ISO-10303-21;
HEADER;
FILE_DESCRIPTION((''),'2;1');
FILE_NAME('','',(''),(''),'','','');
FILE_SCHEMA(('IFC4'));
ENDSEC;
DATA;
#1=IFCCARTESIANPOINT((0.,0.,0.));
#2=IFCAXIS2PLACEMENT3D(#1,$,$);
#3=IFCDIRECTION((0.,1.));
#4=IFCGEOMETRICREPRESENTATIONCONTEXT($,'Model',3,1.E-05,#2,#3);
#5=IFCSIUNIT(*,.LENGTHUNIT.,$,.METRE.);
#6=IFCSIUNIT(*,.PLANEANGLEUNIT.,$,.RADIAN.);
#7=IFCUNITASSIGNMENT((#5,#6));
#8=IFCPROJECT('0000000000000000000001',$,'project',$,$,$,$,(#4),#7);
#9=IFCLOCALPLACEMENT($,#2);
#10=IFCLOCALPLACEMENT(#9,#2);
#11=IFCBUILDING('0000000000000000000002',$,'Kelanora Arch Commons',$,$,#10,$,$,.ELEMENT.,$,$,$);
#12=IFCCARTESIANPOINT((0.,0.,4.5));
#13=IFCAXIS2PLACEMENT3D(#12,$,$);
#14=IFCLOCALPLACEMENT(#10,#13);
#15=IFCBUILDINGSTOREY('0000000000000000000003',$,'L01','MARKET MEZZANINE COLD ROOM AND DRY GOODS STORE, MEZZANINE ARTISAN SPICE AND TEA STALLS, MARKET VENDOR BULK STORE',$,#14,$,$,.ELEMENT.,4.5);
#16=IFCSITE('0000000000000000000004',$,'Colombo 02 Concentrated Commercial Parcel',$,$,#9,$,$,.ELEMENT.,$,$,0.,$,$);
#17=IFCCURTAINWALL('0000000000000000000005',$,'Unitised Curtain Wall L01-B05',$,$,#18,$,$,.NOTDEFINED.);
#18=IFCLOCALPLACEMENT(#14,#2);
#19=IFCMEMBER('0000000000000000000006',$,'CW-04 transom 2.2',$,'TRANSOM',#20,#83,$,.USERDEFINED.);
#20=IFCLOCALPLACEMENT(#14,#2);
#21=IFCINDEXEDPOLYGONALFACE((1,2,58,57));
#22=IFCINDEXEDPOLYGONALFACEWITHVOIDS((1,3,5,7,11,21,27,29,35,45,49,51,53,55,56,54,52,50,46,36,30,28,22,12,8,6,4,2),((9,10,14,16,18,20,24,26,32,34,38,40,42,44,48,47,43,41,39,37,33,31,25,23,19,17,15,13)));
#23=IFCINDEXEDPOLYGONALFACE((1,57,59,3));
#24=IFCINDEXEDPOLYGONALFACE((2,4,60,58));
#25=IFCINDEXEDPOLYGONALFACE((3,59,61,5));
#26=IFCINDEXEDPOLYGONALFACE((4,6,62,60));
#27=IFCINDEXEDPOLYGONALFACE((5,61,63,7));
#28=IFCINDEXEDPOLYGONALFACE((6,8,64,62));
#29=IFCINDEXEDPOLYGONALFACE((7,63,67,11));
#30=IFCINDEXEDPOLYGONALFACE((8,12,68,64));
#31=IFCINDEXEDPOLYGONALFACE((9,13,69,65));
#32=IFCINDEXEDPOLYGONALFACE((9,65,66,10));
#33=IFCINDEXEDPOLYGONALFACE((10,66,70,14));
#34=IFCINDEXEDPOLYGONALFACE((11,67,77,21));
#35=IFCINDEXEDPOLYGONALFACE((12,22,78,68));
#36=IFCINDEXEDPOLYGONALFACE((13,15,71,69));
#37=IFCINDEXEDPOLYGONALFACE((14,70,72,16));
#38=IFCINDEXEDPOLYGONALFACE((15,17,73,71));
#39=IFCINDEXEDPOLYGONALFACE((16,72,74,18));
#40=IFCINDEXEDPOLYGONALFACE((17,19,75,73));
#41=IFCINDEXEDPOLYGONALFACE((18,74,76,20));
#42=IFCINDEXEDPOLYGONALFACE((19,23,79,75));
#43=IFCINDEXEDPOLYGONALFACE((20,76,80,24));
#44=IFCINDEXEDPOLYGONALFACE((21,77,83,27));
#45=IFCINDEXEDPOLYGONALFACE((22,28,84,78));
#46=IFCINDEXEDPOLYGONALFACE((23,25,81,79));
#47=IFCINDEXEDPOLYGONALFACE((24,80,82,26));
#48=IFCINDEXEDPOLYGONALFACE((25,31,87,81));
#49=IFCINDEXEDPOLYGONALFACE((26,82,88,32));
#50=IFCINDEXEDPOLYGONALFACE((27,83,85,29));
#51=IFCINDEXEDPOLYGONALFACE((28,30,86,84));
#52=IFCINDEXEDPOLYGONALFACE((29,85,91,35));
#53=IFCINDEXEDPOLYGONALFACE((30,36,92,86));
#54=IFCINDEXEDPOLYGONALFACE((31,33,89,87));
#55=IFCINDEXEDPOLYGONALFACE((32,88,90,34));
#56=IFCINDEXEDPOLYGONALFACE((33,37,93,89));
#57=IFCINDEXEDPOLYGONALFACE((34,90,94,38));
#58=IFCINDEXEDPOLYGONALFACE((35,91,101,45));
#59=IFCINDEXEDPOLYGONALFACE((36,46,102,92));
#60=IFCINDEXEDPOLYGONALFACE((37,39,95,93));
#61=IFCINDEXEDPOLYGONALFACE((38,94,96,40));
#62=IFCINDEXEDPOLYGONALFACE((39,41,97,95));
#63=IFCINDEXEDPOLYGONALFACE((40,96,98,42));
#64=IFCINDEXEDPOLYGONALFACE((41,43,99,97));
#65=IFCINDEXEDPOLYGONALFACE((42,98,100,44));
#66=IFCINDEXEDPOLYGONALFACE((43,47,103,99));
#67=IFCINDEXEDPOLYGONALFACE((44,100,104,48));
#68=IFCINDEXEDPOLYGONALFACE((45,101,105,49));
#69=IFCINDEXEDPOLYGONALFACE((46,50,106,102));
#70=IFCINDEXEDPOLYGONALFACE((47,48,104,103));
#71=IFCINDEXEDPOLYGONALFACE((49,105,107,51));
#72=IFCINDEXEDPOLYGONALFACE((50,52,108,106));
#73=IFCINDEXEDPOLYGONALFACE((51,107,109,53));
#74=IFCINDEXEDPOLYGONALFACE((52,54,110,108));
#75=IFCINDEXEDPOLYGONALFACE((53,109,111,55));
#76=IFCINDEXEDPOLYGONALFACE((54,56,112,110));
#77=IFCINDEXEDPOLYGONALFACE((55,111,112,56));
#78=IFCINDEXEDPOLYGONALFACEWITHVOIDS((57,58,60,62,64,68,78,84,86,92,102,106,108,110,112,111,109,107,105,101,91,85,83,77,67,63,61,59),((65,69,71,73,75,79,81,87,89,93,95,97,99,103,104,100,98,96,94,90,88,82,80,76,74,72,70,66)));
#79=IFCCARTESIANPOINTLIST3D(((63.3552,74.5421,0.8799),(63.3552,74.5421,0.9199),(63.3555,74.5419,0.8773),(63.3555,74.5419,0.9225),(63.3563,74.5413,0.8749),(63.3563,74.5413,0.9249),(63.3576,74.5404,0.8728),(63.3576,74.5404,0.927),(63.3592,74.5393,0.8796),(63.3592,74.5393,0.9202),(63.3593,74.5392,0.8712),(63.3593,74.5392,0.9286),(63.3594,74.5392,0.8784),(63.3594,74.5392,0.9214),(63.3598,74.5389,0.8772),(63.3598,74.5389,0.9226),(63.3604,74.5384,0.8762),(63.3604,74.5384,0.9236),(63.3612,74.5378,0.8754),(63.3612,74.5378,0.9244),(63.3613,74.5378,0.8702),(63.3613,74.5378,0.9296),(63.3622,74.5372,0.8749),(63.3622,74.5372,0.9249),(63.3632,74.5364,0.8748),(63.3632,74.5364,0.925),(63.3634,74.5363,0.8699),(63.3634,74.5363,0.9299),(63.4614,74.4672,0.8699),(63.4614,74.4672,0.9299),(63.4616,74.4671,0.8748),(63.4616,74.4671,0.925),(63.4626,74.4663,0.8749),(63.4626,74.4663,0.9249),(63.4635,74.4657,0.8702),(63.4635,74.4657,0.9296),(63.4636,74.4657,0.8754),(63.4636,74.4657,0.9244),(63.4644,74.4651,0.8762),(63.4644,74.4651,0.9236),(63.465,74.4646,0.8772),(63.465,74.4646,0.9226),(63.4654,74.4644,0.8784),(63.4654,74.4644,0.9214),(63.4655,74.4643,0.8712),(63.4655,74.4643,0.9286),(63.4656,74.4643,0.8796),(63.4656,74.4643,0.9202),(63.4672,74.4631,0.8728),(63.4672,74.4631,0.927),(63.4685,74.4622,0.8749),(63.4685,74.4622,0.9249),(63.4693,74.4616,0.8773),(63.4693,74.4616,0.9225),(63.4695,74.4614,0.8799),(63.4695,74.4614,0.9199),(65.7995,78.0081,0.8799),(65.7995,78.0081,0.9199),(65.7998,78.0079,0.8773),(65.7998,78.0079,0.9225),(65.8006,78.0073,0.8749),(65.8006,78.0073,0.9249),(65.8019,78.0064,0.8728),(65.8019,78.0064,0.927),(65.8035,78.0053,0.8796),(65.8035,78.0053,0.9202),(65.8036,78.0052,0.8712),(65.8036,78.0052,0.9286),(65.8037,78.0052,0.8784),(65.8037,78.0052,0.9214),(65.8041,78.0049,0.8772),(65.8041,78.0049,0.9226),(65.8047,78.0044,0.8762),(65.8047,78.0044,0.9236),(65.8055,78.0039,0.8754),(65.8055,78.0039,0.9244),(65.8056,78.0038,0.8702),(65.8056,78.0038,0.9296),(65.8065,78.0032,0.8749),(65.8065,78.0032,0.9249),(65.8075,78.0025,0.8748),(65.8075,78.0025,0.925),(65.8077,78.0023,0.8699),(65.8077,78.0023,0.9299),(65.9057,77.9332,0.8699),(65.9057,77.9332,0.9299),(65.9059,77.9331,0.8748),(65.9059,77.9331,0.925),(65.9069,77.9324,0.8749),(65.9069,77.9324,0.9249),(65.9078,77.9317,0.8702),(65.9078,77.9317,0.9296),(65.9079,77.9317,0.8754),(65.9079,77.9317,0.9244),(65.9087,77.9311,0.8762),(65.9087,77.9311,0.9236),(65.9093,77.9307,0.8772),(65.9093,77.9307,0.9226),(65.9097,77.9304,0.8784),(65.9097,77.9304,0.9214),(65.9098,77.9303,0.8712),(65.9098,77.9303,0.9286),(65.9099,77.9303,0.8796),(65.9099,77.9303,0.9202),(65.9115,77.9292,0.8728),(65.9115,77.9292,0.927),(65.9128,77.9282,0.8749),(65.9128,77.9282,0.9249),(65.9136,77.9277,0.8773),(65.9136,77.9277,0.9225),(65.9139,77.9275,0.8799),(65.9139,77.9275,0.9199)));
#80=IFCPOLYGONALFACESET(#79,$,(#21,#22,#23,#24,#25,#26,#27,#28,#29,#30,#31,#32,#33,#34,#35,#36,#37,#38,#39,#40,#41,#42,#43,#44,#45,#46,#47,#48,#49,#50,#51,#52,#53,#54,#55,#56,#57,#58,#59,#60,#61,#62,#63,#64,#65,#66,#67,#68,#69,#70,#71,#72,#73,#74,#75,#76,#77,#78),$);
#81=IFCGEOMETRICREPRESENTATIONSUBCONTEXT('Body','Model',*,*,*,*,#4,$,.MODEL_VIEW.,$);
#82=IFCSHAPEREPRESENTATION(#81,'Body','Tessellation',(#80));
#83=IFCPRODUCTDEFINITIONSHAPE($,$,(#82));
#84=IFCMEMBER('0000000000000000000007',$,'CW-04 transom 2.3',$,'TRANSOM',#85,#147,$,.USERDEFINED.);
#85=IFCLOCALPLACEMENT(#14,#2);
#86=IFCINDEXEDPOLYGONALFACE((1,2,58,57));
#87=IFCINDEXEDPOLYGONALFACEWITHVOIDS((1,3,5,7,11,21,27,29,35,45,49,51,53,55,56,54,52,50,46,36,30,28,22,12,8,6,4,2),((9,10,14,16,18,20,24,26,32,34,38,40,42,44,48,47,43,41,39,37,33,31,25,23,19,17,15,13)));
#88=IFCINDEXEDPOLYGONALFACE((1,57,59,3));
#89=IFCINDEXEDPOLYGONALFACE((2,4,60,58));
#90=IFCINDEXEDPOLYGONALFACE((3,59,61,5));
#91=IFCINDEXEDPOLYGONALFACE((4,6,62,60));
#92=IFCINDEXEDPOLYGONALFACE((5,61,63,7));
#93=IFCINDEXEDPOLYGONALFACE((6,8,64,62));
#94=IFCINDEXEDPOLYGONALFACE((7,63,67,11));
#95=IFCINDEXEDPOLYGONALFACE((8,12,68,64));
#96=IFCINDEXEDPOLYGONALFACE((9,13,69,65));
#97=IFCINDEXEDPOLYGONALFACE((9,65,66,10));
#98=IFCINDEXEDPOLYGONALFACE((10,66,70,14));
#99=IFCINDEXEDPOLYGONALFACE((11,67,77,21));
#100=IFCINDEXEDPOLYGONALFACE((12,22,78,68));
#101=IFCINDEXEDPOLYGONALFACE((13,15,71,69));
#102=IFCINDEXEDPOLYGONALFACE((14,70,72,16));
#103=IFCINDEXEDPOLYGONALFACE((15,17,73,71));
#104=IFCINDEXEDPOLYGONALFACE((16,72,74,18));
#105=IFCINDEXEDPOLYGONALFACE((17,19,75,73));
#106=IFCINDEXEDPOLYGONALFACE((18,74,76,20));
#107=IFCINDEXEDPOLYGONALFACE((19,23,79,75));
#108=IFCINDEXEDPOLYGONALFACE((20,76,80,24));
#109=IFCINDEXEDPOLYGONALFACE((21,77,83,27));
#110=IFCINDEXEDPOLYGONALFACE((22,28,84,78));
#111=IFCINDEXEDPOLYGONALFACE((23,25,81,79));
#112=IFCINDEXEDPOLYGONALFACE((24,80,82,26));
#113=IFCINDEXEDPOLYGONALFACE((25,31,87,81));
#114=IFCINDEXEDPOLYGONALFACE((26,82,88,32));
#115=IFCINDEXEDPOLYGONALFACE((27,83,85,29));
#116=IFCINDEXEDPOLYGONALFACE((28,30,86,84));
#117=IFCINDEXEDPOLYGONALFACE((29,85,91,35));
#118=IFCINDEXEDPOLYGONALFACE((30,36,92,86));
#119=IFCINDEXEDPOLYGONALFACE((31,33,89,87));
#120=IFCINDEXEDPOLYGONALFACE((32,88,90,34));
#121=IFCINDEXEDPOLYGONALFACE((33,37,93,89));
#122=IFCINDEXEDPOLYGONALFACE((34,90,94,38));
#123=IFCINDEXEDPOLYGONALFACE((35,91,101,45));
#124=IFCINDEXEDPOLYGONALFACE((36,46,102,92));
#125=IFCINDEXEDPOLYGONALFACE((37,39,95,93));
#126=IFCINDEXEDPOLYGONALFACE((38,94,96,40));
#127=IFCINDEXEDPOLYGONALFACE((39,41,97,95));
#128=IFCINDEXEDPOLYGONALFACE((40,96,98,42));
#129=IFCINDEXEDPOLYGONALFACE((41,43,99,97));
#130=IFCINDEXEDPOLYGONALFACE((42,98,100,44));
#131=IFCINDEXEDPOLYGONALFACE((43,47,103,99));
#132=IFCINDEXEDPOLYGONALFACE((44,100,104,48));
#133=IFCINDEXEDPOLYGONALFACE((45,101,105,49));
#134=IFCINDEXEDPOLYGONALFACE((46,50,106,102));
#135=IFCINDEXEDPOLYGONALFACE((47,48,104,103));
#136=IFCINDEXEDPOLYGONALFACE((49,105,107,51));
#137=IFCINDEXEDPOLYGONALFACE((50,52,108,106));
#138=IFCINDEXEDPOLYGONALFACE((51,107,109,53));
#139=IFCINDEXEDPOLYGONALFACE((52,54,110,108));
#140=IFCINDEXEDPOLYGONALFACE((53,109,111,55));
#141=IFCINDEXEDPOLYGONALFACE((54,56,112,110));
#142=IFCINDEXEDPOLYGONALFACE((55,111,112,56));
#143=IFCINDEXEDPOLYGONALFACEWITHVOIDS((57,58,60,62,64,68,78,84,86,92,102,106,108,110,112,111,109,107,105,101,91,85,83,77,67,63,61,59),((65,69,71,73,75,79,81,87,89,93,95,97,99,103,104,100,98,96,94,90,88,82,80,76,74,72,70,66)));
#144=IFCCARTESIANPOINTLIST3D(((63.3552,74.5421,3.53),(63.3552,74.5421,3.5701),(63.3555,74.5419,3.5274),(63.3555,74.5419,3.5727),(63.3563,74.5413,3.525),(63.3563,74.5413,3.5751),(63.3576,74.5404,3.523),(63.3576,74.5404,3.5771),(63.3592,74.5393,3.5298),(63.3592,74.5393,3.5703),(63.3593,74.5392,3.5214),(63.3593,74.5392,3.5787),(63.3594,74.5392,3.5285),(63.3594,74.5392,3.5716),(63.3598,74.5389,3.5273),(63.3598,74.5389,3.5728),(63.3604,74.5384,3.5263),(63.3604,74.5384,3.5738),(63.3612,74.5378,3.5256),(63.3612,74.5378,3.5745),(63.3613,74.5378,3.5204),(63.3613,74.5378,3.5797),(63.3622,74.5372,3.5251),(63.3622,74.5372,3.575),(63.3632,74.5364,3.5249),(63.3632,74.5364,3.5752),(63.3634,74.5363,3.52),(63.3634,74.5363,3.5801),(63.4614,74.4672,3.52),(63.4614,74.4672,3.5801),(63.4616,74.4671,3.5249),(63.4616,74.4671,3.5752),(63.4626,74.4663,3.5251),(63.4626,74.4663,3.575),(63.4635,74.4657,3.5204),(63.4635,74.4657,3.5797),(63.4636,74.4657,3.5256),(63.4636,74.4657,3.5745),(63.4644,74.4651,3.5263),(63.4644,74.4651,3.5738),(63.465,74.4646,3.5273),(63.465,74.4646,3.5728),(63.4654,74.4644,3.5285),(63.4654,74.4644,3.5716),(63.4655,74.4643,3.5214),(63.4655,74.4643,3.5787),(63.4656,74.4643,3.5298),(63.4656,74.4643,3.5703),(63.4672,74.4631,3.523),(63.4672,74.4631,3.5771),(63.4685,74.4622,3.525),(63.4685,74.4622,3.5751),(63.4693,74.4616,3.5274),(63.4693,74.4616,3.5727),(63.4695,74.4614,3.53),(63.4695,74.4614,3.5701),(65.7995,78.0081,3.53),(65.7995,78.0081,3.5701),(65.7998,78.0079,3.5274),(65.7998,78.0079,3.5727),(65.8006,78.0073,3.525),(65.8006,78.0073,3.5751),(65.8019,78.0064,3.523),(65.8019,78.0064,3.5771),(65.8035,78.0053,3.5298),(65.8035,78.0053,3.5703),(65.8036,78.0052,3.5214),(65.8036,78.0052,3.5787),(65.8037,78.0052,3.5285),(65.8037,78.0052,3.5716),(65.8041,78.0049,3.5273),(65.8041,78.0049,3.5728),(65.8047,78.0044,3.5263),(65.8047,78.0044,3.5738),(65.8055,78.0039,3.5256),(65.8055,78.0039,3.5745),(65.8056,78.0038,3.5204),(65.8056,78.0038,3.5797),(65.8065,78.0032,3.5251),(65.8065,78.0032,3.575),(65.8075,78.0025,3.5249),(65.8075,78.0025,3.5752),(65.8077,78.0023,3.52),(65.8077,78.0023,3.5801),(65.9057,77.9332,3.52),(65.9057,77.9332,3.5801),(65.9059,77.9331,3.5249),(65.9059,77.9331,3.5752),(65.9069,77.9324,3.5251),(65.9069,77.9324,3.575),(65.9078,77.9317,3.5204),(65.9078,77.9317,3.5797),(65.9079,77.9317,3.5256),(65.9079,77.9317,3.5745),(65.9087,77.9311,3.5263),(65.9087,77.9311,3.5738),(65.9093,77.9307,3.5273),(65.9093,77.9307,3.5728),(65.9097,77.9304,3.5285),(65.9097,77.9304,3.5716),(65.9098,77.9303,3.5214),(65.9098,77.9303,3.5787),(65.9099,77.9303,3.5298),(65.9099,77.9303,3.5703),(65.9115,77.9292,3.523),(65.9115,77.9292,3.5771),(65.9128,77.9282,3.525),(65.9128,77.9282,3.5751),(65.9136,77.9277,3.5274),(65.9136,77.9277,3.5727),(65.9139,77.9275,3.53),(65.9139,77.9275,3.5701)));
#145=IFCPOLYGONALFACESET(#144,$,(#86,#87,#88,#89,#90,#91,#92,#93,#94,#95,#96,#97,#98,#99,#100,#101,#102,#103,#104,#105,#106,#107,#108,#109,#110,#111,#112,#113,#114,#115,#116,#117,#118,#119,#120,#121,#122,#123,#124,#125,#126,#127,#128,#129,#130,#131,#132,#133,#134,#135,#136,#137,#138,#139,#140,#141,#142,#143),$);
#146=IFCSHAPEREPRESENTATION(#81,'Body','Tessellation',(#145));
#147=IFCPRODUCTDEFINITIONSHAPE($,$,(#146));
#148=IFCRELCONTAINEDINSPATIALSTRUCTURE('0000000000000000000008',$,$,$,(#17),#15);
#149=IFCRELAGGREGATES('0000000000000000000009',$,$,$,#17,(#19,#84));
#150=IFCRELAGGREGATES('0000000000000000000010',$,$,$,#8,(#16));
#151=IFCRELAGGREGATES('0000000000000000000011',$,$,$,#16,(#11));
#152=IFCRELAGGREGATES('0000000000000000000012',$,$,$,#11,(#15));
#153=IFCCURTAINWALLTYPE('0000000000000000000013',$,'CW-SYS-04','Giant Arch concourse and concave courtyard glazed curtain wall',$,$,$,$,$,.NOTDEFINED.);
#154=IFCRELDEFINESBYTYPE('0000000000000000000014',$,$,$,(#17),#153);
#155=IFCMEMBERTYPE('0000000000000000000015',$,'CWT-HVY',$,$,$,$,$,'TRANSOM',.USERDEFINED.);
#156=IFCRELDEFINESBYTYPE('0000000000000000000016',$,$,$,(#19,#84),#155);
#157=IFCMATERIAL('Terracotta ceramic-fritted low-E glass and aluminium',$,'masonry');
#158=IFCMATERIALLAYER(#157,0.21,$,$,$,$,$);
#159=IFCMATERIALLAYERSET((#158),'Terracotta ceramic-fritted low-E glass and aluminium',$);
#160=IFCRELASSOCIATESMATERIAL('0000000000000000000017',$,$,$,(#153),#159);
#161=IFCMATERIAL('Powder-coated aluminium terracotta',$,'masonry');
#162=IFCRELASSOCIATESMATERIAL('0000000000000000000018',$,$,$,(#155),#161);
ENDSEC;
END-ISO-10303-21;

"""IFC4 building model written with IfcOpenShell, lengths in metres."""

from ifc_helpers import new_model, si_unit, direction, frame, origin, origin_2d, place, context, subcontext, project, spatial, hollow_rectangle, extrude, material, layer, layer_set, material_profile, profile_set, type_object, element, aggregate, save


model = new_model("IFC4")

# Units and contexts
model_context = context("Model", 3, precision=1e-05, world=origin(), true_north=direction((0.0, 1.0)))
body_context = subcontext(model_context, "Body", "Model", "MODEL_VIEW")
ifc_project = project(units=[si_unit("LENGTHUNIT", "METRE"), si_unit("PLANEANGLEUNIT", "RADIAN")], contexts=[model_context])

# Site, building, storey
site_placement = place(None, origin())
site = spatial("IfcSite", under=ifc_project, at=site_placement, Name="Colombo 02 Concentrated Commercial Parcel", CompositionType="ELEMENT", RefElevation=0.0)
building_placement = place(site_placement, origin())
building = spatial("IfcBuilding", under=site, at=building_placement, Name="Kelanora Arch Commons", CompositionType="ELEMENT")
storey_placement = place(building_placement, frame((0.0, 0.0, 4.5)))
storey = spatial("IfcBuildingStorey", under=building, at=storey_placement, Name="L01", Description="MARKET MEZZANINE COLD ROOM AND DRY GOODS STORE, MEZZANINE ARTISAN SPICE AND TEA STALLS, MARKET VENDOR BULK STORE", CompositionType="ELEMENT", Elevation=4.5)

# Curtain wall
ifc_material_1 = material(Name="Terracotta ceramic-fritted low-E glass and aluminium", Category="masonry")
ifc_layer_1 = layer(ifc_material_1, 0.21)
ifc_layer_set_1 = layer_set([ifc_layer_1], Name="Terracotta ceramic-fritted low-E glass and aluminium")
curtain_wall_type = type_object("IfcCurtainWallType", Name="CW-SYS-04", Description="Giant Arch concourse and concave courtyard glazed curtain wall", PredefinedType="NOTDEFINED", material=ifc_layer_set_1)
curtain_wall_1_placement = place(storey_placement, origin())
curtain_wall_1 = element("IfcCurtainWall", 1, at=curtain_wall_1_placement, inside=storey, type_object=curtain_wall_type, Name="Unitised Curtain Wall L01-B05", PredefinedType="NOTDEFINED")
ifc_material_2 = material(Name="Powder-coated aluminium terracotta", Category="masonry")

# Members
ifc_material_profile_1 = material_profile(ifc_material_2, hollow_rectangle(XDim=0.1399, YDim=0.0601, WallThickness=0.0049, InnerFilletRadius=0.0049, OuterFilletRadius=0.01, at=origin_2d()), Name="CWT140x60")
ifc_profile_set_1 = profile_set([ifc_material_profile_1], Name="Powder-coated aluminium terracotta")
member_type_1 = type_object("IfcMemberType", Name="CWT-HVY", ElementType="TRANSOM", PredefinedType="USERDEFINED", material=ifc_profile_set_1)
member_1_placement = place(storey_placement, frame((65.8567, 77.9678, 0.8999), z_axis=(-0.576322, -0.817223, 0.0), x_axis=(0.817223, -0.576322, 0.0)))
member_1 = element("IfcMember", 2, at=member_1_placement, type_object=member_type_1, Name="CW-04 transom 2.2", ObjectType="TRANSOM", PredefinedType="USERDEFINED", context=body_context, shape_type="SweptSolid", body=[
    extrude(hollow_rectangle(XDim=0.1399, YDim=0.0601, WallThickness=0.0049, InnerFilletRadius=0.0049, OuterFilletRadius=0.01, at=origin_2d()), origin(), (0.0, 0.0, 1.0), 4.2412),
])
member_2_placement = place(storey_placement, frame((65.8567, 77.9678, 3.55), z_axis=(-0.576322, -0.817223, 0.0), x_axis=(0.817223, -0.576322, 0.0)))
member_2 = element("IfcMember", 3, at=member_2_placement, type_object=member_type_1, Name="CW-04 transom 2.3", ObjectType="TRANSOM", PredefinedType="USERDEFINED", context=body_context, shape_type="SweptSolid", body=[
    extrude(hollow_rectangle(XDim=0.1399, YDim=0.0601, WallThickness=0.0049, InnerFilletRadius=0.0049, OuterFilletRadius=0.01, at=origin_2d()), origin(), (0.0, 0.0, 1.0), 4.2412),
])

aggregate(curtain_wall_1, [member_1, member_2])

save(model, "model.ifc")
